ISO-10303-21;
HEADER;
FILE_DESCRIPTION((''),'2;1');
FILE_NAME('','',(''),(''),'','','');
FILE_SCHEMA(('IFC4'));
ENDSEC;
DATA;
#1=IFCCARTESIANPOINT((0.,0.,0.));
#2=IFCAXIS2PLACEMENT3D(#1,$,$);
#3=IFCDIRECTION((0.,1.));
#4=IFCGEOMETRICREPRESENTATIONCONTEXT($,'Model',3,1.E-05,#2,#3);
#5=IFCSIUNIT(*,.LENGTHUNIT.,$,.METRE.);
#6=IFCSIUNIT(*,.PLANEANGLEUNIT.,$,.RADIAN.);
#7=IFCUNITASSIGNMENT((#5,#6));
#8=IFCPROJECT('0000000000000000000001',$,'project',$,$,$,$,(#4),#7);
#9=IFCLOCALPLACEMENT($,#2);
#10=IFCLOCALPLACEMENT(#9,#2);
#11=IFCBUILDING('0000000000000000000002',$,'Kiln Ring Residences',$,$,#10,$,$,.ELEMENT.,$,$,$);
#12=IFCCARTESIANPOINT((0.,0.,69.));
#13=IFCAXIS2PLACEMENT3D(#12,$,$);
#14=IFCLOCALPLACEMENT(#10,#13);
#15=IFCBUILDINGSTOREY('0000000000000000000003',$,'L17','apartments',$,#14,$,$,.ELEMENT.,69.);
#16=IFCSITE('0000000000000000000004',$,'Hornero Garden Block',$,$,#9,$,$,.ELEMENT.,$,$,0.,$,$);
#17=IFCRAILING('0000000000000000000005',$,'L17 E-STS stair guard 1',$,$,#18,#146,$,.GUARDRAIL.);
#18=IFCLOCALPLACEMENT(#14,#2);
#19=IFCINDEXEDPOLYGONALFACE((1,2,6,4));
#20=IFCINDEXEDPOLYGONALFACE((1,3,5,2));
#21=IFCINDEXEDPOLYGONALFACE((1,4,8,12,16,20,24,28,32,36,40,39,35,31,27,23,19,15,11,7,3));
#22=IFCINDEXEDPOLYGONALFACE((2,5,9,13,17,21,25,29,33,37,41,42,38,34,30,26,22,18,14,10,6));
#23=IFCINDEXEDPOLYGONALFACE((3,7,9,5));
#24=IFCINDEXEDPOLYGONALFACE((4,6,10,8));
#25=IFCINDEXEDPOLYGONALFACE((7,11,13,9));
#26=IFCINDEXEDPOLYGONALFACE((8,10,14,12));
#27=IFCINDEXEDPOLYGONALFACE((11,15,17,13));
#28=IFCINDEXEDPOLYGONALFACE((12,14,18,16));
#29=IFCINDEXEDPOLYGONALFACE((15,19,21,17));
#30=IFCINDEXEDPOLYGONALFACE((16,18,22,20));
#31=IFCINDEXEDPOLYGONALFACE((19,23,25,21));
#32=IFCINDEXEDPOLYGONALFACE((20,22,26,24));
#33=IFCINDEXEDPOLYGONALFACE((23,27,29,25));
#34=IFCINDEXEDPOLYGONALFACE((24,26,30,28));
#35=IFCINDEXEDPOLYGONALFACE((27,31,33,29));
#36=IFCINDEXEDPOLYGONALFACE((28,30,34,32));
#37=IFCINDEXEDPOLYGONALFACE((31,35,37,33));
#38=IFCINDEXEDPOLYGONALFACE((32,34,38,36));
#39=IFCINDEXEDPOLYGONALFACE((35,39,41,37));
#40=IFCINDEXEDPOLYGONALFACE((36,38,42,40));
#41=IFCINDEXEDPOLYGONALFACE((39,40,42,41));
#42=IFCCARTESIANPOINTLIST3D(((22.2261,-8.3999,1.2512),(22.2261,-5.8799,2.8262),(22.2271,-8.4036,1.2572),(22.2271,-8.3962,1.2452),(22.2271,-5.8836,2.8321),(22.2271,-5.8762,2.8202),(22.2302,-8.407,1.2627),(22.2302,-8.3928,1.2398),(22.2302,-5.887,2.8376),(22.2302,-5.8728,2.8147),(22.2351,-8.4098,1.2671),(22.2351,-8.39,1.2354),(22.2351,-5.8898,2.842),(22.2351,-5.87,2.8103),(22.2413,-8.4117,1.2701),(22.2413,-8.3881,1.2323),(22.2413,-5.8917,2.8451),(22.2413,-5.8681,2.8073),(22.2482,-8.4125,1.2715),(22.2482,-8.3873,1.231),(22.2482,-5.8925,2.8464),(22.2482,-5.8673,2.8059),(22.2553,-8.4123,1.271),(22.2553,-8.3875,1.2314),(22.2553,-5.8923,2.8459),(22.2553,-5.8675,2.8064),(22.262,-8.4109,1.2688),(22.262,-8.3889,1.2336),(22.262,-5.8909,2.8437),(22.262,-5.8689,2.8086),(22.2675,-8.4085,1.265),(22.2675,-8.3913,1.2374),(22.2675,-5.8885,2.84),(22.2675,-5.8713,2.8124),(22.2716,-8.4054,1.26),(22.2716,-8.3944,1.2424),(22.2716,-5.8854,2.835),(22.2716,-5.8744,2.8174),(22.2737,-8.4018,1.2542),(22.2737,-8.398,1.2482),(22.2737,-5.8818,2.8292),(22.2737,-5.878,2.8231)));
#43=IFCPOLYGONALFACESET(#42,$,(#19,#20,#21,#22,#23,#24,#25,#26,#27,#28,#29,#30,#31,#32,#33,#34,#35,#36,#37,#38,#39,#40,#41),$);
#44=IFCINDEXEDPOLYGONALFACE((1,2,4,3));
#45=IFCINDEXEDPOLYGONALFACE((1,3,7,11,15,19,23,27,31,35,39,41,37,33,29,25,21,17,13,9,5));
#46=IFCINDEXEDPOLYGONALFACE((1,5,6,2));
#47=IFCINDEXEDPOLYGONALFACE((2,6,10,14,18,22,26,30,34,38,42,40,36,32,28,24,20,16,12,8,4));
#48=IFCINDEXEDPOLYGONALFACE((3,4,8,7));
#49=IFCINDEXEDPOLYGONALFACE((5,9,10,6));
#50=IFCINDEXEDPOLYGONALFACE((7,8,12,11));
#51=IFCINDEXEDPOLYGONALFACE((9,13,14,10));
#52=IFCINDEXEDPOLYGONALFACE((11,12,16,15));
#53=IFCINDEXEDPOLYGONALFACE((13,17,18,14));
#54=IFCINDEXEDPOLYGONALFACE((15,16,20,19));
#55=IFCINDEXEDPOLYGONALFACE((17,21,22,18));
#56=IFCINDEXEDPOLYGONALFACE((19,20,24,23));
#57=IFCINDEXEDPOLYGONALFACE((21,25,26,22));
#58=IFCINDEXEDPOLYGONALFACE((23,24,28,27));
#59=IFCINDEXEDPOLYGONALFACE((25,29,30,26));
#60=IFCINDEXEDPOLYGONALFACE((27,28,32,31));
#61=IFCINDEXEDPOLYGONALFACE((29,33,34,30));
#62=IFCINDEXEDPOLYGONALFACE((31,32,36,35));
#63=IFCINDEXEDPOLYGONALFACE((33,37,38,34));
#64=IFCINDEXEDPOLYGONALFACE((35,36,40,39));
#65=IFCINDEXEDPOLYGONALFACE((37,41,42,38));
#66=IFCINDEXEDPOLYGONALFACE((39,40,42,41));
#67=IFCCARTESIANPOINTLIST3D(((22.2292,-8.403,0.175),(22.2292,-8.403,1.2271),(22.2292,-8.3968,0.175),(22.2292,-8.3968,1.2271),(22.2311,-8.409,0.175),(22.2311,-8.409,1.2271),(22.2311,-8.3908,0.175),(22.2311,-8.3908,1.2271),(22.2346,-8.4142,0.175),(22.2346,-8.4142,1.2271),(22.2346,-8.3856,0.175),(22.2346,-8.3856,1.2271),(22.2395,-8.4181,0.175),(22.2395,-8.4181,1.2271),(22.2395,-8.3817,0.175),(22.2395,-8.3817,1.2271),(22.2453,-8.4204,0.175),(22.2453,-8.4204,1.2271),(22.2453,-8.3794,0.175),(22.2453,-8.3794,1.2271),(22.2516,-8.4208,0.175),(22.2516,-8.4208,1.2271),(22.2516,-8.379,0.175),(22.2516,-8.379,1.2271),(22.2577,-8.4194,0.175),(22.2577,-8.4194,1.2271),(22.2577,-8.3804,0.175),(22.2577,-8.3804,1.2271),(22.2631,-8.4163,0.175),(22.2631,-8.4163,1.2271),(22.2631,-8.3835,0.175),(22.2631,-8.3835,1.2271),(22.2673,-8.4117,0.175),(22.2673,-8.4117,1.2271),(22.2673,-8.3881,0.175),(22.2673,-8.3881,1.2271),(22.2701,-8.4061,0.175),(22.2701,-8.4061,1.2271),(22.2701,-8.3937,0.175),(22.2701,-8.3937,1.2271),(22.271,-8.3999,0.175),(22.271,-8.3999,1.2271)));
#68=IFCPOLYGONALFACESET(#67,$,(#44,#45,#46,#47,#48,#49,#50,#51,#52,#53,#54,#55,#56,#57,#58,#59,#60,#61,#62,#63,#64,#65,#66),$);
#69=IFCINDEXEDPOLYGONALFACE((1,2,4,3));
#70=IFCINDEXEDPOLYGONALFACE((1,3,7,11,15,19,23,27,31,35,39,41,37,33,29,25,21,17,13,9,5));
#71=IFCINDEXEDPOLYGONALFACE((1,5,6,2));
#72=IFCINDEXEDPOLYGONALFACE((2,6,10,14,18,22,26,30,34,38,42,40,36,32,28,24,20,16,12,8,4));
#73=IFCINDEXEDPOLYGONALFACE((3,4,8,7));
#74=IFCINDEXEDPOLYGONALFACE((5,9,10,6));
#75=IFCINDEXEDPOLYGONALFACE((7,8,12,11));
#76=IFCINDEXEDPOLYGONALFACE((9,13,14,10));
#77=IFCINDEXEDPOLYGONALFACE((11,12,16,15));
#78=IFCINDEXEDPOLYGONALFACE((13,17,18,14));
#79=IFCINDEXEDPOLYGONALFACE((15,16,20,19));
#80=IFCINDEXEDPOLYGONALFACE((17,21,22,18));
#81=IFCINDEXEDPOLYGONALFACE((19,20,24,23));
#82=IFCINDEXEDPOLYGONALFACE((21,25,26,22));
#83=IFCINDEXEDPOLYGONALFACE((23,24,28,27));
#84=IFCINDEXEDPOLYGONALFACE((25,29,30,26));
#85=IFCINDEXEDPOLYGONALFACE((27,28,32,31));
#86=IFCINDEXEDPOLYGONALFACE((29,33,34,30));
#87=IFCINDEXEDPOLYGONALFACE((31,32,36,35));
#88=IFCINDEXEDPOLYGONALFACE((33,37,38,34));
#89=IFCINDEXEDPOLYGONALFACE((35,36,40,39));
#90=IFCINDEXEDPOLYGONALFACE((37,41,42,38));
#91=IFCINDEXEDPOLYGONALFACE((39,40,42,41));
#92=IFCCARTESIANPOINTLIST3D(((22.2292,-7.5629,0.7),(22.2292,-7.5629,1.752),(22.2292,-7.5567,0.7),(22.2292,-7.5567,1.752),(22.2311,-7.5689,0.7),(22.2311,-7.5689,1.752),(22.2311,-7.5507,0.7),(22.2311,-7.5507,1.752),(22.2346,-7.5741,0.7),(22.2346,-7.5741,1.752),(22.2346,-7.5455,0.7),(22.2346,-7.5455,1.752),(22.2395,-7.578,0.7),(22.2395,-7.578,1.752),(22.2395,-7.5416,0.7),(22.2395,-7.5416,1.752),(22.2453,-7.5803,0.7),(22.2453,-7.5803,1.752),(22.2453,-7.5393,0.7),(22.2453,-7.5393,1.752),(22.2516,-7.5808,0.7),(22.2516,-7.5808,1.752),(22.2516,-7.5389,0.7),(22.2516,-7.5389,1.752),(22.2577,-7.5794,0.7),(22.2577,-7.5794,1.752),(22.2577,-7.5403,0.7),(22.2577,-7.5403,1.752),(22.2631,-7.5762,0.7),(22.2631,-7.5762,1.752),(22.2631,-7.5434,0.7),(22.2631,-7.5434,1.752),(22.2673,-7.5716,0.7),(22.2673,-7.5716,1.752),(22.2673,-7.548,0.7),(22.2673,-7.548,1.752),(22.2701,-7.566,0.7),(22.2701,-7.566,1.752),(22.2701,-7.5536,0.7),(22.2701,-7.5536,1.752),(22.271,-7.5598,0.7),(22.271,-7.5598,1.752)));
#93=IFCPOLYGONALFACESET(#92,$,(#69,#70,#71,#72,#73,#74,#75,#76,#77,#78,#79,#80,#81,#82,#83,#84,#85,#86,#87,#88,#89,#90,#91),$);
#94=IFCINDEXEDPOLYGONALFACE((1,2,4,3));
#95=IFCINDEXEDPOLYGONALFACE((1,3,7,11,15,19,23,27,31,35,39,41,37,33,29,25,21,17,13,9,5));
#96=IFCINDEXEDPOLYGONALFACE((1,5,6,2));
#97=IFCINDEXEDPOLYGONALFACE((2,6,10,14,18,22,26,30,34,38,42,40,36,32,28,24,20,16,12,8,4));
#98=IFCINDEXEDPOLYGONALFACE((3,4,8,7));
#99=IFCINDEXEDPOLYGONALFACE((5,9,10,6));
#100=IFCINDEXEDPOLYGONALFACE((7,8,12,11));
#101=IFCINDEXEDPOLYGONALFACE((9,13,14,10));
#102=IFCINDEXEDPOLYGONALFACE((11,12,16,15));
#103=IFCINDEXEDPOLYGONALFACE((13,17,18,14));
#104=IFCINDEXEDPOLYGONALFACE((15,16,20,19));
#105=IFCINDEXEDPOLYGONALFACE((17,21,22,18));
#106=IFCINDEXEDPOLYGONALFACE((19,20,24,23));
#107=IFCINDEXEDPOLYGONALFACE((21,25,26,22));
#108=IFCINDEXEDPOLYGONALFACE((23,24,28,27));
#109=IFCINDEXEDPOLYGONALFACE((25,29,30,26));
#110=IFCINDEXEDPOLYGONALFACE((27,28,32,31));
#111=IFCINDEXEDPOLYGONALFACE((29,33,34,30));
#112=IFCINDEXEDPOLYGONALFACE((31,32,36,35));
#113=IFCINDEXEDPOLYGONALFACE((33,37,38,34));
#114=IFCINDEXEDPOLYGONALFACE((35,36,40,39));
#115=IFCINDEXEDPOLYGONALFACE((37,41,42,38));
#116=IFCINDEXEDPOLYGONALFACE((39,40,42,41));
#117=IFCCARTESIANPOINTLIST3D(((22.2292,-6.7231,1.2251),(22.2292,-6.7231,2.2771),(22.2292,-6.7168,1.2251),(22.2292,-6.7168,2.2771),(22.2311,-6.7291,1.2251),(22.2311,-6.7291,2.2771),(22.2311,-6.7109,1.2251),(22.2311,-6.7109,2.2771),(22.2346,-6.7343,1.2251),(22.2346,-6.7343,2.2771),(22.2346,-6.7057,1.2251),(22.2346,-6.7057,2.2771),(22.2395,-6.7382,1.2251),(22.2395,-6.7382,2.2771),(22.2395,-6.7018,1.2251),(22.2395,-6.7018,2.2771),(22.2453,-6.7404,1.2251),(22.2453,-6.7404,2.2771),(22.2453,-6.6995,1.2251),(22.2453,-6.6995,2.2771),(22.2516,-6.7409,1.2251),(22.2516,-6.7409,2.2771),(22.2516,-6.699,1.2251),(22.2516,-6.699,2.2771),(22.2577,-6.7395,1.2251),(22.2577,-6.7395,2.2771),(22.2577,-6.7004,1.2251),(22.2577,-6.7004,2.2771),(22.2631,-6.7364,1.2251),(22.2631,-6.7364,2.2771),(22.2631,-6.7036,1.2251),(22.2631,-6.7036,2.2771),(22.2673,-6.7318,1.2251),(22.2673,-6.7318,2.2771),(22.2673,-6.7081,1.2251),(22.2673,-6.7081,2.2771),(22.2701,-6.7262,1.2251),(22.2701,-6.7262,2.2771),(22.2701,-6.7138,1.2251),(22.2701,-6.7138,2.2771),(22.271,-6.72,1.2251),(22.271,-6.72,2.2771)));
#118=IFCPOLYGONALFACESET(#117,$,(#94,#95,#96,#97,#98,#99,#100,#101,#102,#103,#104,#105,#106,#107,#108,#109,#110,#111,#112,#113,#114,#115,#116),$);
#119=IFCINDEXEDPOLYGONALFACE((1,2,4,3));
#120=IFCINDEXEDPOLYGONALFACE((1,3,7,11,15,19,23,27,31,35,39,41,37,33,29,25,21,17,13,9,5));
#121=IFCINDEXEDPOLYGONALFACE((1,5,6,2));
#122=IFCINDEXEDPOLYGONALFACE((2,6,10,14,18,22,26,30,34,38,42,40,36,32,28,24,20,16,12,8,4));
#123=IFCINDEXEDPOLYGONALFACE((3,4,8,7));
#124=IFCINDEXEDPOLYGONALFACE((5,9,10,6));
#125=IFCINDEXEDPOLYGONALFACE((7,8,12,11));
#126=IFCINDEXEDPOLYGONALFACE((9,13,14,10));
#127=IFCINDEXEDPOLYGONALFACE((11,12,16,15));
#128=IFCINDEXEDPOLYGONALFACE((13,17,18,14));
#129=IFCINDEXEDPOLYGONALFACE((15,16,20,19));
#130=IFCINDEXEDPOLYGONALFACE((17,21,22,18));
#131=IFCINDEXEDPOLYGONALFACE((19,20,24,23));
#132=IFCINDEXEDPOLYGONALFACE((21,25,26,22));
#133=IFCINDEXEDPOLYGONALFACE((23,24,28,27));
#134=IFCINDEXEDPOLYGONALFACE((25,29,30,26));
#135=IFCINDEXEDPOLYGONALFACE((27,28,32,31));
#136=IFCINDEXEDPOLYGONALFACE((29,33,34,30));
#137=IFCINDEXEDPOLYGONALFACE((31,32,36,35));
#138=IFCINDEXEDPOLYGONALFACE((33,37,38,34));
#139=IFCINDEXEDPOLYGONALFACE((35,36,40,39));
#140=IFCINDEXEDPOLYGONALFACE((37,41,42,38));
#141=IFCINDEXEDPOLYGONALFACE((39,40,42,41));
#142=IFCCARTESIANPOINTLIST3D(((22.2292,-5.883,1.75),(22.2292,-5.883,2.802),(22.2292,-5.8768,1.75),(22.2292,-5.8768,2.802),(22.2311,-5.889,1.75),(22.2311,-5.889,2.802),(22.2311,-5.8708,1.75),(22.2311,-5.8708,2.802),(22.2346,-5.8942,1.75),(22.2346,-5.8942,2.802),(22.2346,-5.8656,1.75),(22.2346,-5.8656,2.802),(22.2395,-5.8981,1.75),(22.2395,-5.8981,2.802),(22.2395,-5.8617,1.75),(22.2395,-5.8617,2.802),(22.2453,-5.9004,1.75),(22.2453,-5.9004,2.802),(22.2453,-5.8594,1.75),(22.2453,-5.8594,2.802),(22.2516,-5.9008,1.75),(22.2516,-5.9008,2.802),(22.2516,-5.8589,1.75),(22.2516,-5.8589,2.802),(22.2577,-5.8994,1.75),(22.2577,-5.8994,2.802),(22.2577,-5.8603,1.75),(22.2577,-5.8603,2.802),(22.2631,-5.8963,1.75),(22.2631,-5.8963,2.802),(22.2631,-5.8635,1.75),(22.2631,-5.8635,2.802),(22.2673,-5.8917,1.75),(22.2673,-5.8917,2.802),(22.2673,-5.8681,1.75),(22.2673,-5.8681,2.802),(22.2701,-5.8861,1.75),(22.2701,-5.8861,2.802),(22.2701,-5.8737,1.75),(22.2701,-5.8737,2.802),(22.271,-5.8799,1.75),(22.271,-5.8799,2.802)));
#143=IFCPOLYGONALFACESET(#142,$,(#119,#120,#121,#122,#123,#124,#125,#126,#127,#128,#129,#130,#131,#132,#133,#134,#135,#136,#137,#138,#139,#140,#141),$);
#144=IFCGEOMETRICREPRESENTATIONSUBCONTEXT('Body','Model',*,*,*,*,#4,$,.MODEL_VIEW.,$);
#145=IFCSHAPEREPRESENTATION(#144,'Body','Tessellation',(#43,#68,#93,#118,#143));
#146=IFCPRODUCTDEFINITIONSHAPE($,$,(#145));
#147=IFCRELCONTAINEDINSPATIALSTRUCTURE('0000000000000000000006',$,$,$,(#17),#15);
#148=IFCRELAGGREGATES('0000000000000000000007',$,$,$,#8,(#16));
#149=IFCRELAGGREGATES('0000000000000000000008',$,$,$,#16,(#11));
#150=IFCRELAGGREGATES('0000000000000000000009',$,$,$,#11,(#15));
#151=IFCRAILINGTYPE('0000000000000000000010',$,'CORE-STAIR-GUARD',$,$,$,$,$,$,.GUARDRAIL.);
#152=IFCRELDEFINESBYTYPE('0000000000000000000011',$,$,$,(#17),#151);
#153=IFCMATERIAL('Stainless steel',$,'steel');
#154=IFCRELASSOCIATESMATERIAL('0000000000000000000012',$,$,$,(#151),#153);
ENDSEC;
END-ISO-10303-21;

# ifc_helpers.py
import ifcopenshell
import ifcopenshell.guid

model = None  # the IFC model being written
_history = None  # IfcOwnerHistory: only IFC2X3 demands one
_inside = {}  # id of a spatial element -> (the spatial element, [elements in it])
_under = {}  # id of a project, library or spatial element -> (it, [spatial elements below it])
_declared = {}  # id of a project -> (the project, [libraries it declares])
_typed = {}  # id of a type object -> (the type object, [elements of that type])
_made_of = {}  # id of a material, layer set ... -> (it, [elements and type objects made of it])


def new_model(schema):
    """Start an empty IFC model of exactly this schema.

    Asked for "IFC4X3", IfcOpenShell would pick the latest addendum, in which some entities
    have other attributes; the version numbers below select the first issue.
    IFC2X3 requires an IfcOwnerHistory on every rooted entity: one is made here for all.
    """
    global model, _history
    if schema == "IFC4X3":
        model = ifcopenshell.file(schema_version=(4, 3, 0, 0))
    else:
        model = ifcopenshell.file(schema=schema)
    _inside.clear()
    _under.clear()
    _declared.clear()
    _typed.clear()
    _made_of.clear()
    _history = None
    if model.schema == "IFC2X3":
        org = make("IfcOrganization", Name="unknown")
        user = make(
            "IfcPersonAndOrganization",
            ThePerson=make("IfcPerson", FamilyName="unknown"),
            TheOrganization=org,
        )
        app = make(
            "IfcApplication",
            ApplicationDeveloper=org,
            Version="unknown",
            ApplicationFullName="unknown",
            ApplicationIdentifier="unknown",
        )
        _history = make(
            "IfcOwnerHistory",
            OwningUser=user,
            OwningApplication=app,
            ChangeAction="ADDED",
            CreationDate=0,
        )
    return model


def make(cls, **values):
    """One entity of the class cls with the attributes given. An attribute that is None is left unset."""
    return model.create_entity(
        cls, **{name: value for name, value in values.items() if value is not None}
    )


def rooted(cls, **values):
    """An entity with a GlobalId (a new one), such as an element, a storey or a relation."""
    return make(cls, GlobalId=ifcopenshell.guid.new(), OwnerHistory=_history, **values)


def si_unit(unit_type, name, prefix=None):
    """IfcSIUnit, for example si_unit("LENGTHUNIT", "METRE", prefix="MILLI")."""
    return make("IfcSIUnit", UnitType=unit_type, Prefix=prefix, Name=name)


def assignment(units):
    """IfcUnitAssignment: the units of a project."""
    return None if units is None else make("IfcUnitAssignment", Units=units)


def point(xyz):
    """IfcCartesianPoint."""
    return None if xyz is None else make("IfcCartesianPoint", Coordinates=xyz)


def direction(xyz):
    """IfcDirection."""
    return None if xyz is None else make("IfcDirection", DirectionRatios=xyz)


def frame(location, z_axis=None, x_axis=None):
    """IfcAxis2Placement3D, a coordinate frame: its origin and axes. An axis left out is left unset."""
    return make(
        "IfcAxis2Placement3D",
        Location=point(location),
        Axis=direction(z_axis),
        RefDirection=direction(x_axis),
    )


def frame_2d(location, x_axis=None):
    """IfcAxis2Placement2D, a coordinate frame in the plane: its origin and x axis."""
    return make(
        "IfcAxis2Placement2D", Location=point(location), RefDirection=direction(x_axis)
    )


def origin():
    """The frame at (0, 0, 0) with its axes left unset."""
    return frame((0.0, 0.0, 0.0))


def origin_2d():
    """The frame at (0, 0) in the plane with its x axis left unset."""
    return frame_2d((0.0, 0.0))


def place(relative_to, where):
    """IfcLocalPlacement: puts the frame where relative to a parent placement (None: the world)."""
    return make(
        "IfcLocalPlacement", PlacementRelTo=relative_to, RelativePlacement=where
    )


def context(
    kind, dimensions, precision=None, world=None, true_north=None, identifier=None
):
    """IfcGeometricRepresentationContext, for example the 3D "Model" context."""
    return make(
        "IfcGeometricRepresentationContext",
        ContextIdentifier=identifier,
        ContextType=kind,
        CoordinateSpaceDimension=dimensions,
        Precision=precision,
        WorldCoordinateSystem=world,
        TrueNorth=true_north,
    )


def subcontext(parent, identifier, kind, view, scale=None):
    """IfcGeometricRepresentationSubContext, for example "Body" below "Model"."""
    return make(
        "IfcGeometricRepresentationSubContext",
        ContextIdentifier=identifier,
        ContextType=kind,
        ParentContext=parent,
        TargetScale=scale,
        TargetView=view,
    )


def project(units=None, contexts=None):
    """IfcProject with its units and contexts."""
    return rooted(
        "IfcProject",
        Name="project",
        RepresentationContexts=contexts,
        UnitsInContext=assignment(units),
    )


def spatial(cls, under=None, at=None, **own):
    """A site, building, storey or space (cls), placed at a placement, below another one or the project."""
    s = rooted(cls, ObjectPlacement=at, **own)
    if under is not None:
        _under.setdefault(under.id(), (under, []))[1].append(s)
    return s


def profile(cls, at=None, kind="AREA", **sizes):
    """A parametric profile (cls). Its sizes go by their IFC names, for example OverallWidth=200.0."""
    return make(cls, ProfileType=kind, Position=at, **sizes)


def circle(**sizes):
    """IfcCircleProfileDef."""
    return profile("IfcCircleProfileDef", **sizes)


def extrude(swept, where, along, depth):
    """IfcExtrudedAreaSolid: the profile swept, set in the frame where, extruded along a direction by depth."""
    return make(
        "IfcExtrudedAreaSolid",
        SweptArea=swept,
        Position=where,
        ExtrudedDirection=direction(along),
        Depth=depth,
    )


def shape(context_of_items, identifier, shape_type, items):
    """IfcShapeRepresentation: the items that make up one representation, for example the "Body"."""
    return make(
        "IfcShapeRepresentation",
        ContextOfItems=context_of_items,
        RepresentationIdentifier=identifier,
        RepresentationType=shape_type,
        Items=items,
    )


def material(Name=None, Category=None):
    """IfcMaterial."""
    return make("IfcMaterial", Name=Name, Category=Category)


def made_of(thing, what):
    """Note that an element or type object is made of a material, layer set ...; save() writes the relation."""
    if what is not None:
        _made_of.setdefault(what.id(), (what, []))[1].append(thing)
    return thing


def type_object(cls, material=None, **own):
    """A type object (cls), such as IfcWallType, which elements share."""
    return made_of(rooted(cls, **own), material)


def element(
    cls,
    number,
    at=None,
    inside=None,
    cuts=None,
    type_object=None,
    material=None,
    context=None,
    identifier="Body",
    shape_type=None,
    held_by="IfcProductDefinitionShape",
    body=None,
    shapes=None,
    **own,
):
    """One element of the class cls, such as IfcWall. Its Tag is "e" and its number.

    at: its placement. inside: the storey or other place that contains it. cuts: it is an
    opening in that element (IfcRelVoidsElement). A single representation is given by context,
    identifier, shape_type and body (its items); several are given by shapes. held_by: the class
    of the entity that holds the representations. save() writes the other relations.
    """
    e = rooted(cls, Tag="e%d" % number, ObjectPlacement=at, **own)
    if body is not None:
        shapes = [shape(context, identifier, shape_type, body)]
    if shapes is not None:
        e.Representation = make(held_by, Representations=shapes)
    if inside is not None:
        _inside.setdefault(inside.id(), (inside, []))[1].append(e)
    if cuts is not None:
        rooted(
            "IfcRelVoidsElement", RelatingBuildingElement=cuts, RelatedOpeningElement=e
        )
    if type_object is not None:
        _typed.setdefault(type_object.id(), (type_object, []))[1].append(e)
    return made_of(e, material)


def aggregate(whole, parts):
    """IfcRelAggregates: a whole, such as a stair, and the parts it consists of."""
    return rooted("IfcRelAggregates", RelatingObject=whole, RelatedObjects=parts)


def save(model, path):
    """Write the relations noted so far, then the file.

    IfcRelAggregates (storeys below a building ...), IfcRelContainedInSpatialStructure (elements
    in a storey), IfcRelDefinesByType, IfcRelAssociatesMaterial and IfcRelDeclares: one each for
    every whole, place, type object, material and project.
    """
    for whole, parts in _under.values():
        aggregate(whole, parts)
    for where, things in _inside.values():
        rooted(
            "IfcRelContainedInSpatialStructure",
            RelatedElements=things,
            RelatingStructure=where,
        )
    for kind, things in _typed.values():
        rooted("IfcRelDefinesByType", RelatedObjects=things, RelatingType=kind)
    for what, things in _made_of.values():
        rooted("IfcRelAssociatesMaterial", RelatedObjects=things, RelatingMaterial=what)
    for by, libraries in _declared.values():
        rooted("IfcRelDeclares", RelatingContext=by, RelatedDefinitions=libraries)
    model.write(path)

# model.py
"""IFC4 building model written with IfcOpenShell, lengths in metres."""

from ifc_helpers import new_model, si_unit, direction, frame, origin, origin_2d, place, context, subcontext, project, spatial, circle, extrude, material, type_object, element, save


model = new_model("IFC4")

# Units and contexts
model_context = context("Model", 3, precision=1e-05, world=origin(), true_north=direction((0.0, 1.0)))
body_context = subcontext(model_context, "Body", "Model", "MODEL_VIEW")
ifc_project = project(units=[si_unit("LENGTHUNIT", "METRE"), si_unit("PLANEANGLEUNIT", "RADIAN")], contexts=[model_context])

# Site, building, storey
site_placement = place(None, origin())
site = spatial("IfcSite", under=ifc_project, at=site_placement, Name="Hornero Garden Block", CompositionType="ELEMENT", RefElevation=0.0)
building_placement = place(site_placement, origin())
building = spatial("IfcBuilding", under=site, at=building_placement, Name="Kiln Ring Residences", CompositionType="ELEMENT")
storey_placement = place(building_placement, frame((0.0, 0.0, 69.0)))
storey = spatial("IfcBuildingStorey", under=building, at=storey_placement, Name="L17", Description="apartments", CompositionType="ELEMENT", Elevation=69.0)

# Railing
ifc_material_1 = material(Name="Stainless steel", Category="steel")
railing_type_1 = type_object("IfcRailingType", Name="CORE-STAIR-GUARD", PredefinedType="GUARDRAIL", material=ifc_material_1)
railing_1_placement = place(storey_placement, frame((22.25, -8.3999, 0.175)))
element("IfcRailing", 1, at=railing_1_placement, inside=storey, type_object=railing_type_1, Name="L17 E-STS stair guard 1", PredefinedType="GUARDRAIL", context=body_context, shape_type="SweptSolid", body=[
    extrude(circle(Radius=0.0239, at=origin_2d()), frame((0.0, 0.0, 1.0762), z_axis=(0.0, 0.848008, 0.529984), x_axis=(-1.0, 0.0, 0.0)), (0.0, 0.0, 1.0), 2.9717),
    extrude(circle(Radius=0.021, at=origin_2d()), origin(), (0.0, 0.0, 1.0), 1.052),
    extrude(circle(Radius=0.021, at=origin_2d()), frame((0.0, 0.8401, 0.5249)), (0.0, 0.0, 1.0), 1.052),
    extrude(circle(Radius=0.021, at=origin_2d()), frame((0.0, 1.6799, 1.05)), (0.0, 0.0, 1.0), 1.052),
    extrude(circle(Radius=0.021, at=origin_2d()), frame((0.0, 2.52, 1.575)), (0.0, 0.0, 1.0), 1.052),
])

save(model, "model.ifc")
